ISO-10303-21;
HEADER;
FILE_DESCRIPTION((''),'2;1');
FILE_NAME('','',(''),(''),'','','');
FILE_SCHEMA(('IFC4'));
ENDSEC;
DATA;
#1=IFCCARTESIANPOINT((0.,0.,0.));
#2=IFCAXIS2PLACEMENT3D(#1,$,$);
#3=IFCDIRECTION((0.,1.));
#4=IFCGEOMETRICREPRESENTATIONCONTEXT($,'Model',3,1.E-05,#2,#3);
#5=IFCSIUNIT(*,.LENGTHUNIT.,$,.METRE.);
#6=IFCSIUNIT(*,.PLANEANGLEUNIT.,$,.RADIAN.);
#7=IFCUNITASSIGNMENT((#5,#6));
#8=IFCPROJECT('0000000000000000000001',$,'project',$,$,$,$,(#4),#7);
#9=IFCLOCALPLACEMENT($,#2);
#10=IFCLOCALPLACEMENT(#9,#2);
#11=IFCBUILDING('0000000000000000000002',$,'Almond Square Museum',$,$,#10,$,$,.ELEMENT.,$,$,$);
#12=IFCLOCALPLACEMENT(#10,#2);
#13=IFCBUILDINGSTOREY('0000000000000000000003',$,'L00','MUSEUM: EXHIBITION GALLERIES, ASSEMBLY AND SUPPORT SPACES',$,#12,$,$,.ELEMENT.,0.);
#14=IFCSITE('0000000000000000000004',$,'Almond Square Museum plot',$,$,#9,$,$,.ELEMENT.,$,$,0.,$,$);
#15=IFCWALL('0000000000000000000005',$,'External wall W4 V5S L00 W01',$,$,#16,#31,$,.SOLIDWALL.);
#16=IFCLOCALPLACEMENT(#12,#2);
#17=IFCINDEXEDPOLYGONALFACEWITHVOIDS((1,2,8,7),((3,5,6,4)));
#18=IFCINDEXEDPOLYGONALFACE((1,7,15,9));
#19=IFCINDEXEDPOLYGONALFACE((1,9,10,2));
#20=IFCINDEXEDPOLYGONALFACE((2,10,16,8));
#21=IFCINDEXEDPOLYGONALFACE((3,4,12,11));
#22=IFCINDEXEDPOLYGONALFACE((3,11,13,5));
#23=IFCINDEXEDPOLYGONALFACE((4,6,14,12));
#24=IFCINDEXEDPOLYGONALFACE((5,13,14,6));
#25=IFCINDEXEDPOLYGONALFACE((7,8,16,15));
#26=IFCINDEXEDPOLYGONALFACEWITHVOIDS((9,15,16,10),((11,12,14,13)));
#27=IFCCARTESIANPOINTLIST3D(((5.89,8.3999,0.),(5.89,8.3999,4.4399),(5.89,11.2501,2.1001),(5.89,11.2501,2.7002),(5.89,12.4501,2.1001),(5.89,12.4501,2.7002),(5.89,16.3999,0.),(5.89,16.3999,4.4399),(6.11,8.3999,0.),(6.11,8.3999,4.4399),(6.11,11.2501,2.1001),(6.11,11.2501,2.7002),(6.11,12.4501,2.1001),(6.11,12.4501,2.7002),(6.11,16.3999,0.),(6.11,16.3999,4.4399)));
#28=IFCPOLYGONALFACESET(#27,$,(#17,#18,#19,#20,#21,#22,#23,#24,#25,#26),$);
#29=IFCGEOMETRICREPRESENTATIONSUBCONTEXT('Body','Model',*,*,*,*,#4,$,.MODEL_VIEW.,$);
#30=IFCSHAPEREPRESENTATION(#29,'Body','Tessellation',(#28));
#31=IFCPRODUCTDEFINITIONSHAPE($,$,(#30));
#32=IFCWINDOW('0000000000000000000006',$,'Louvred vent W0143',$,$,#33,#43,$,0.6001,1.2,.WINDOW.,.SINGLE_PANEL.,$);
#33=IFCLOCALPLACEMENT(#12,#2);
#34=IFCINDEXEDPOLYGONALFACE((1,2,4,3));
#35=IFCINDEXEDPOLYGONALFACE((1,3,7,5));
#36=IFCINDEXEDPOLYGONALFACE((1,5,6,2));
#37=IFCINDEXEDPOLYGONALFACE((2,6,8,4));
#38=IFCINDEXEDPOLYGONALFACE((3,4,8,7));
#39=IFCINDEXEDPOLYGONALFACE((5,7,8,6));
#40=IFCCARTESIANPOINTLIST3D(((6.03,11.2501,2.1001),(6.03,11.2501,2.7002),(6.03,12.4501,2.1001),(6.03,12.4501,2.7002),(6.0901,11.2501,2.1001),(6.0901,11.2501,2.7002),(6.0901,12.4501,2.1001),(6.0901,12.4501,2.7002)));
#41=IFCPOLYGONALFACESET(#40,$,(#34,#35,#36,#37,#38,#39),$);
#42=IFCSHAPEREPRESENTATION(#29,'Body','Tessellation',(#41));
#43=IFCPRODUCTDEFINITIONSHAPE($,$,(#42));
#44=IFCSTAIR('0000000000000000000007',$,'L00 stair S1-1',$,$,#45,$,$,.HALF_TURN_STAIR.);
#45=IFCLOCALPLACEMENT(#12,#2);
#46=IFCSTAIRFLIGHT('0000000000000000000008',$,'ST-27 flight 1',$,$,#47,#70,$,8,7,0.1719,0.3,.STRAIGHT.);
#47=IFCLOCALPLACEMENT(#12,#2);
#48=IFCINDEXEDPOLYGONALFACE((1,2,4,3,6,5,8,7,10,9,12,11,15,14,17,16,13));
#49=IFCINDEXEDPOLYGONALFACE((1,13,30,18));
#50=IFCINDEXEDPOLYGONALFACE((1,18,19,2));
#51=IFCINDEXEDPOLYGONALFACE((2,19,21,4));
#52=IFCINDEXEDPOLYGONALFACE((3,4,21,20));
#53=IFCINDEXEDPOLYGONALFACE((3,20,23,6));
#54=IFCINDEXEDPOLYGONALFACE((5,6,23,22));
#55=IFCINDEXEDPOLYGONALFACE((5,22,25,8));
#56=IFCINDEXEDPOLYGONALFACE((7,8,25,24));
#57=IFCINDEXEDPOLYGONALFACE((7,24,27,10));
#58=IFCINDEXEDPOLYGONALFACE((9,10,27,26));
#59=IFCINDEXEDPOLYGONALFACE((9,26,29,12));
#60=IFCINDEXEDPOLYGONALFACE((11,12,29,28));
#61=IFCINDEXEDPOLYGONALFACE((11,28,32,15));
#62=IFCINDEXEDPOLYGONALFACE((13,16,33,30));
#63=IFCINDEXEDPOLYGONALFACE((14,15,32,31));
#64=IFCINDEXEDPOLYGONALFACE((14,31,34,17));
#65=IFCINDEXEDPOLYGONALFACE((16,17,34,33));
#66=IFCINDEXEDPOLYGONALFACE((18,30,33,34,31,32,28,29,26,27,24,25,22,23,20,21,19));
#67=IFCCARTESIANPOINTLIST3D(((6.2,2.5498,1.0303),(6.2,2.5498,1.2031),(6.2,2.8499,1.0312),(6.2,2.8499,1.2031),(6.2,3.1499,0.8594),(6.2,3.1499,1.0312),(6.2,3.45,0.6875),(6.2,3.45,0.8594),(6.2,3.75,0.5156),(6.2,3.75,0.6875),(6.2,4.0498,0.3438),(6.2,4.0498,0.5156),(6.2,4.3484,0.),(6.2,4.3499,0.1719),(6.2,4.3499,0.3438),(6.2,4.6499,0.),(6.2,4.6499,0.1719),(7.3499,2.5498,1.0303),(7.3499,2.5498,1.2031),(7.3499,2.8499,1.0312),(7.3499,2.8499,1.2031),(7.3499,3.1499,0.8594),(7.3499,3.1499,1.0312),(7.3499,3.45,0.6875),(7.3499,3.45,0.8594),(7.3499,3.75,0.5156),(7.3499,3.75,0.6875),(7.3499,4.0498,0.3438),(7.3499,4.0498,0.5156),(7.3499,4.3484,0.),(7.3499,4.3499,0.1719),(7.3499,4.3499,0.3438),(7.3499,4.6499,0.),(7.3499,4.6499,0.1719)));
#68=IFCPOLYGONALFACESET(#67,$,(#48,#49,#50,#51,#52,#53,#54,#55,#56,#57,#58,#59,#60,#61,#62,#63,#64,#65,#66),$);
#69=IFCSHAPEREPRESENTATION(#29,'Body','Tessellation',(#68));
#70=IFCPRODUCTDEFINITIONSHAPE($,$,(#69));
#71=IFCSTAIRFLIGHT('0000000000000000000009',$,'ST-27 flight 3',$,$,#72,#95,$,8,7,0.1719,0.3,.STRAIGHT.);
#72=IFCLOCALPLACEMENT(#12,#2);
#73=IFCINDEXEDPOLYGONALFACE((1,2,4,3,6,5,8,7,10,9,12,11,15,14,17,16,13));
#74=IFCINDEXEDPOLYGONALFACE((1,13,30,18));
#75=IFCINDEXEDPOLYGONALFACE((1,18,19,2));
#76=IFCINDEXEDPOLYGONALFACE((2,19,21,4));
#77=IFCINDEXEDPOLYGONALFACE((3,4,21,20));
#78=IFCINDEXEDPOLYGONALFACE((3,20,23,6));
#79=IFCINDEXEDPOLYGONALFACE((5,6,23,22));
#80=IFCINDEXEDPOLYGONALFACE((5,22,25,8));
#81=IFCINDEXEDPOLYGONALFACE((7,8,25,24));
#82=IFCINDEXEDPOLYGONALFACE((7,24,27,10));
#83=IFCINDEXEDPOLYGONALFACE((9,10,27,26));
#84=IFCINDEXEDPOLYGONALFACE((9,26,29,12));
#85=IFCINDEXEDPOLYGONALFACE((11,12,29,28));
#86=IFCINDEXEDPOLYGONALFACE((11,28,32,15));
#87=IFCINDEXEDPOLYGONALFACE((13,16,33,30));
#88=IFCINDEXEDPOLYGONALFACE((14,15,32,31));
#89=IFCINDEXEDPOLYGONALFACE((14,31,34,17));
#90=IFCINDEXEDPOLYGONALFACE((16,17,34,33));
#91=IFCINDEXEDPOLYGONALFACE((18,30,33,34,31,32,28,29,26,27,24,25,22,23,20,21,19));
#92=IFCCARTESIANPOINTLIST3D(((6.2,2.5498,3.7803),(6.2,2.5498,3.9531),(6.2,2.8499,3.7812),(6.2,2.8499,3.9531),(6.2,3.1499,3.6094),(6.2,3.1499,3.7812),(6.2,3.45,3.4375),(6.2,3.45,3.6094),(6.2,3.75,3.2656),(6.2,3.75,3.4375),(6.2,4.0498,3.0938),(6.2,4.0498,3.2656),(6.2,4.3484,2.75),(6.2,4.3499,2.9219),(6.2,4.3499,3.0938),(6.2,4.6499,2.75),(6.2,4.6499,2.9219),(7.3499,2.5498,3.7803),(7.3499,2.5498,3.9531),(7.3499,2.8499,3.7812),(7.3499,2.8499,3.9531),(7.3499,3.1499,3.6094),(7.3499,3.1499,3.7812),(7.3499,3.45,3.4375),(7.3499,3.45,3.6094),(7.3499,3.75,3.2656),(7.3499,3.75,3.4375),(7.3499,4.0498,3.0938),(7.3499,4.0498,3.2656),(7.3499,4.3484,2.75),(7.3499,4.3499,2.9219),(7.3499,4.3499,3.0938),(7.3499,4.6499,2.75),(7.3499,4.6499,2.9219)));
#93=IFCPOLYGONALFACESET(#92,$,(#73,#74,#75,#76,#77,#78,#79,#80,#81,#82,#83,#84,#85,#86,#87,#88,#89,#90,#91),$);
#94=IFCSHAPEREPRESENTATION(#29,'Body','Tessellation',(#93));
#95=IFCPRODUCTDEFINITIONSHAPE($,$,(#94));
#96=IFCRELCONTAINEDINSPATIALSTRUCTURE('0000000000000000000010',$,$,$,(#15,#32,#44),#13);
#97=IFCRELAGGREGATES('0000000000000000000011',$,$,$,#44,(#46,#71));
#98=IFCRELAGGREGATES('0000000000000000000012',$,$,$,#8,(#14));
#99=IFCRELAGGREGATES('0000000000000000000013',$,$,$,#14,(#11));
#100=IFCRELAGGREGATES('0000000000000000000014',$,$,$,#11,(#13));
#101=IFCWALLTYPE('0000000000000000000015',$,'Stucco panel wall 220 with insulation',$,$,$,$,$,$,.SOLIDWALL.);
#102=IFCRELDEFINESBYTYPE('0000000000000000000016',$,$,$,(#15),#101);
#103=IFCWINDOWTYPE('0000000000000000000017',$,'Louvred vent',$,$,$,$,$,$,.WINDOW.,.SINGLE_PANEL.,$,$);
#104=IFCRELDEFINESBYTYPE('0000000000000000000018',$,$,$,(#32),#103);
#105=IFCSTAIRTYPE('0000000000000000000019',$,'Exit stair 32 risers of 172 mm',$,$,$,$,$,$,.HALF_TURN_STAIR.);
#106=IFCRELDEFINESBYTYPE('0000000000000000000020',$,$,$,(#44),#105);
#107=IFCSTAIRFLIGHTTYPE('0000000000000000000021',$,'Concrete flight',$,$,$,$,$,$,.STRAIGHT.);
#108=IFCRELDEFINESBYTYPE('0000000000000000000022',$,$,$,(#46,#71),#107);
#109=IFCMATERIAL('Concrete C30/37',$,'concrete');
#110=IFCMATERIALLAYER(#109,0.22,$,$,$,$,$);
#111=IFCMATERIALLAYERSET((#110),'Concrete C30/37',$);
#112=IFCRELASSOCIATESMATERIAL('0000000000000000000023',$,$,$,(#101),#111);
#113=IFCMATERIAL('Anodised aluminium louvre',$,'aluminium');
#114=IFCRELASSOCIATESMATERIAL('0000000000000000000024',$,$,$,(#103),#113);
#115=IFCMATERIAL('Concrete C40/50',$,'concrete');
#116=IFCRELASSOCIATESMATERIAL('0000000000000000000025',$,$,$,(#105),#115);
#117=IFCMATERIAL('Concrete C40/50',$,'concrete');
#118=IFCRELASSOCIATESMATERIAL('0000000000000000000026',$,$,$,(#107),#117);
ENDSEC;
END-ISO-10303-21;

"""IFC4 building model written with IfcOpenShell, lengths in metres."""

from ifc_helpers import new_model, si_unit, direction, frame, frame_2d, origin, place, context, subcontext, project, spatial, polyline, rectangle, outline, extrude, material, layer, layer_set, type_object, element, fill, aggregate, save


model = new_model("IFC4")

# Units and contexts
model_context = context("Model", 3, precision=1e-05, world=origin(), true_north=direction((0.0, 1.0)))
body_context = subcontext(model_context, "Body", "Model", "MODEL_VIEW")
ifc_project = project(units=[si_unit("LENGTHUNIT", "METRE"), si_unit("PLANEANGLEUNIT", "RADIAN")], contexts=[model_context])

# Site, building, storey
site_placement = place(None, origin())
site = spatial("IfcSite", under=ifc_project, at=site_placement, Name="Almond Square Museum plot", CompositionType="ELEMENT", RefElevation=0.0)
building_placement = place(site_placement, origin())
building = spatial("IfcBuilding", under=site, at=building_placement, Name="Almond Square Museum", CompositionType="ELEMENT")
storey_placement = place(building_placement, origin())
storey = spatial("IfcBuildingStorey", under=building, at=storey_placement, Name="L00", Description="MUSEUM: EXHIBITION GALLERIES, ASSEMBLY AND SUPPORT SPACES", CompositionType="ELEMENT", Elevation=0.0)

# Wall, opening, window
ifc_material_1 = material(Name="Concrete C30/37", Category="concrete")
ifc_layer_1 = layer(ifc_material_1, 0.22)
ifc_layer_set_1 = layer_set([ifc_layer_1], Name="Concrete C30/37")
wall_type_1 = type_object("IfcWallType", Name="Stucco panel wall 220 with insulation", PredefinedType="SOLIDWALL", material=ifc_layer_set_1)
wall_1_placement = place(storey_placement, frame((6.0, 8.3999, 0.0), z_axis=(0.0, 0.0, 1.0), x_axis=(0.0, 1.0, 0.0)))
wall_1 = element("IfcWall", 1, at=wall_1_placement, inside=storey, type_object=wall_type_1, Name="External wall W4 V5S L00 W01", PredefinedType="SOLIDWALL", context=body_context, shape_type="SweptSolid", body=[
    extrude(rectangle(XDim=8.0, YDim=0.22, at=frame_2d((4.0, 0.0))), origin(), (0.0, 0.0, 1.0), 4.4399),
])
opening_1_placement = place(wall_1_placement, frame((2.8501, 0.0, 2.1001)))
opening_1 = element("IfcOpeningElement", 2, at=opening_1_placement, cuts=wall_1, PredefinedType="OPENING", context=body_context, shape_type="SweptSolid", body=[
    extrude(rectangle(XDim=1.2, YDim=0.6001, at=frame_2d((0.6001, 0.3))), frame((0.0, 0.1199, 0.0), z_axis=(0.0, -1.0, 0.0), x_axis=(1.0, 0.0, 0.0)), (0.0, 0.0, 1.0), 0.24),
])
ifc_material_2 = material(Name="Anodised aluminium louvre", Category="aluminium")
window_type = type_object("IfcWindowType", Name="Louvred vent", PartitioningType="SINGLE_PANEL", PredefinedType="WINDOW", material=ifc_material_2)
window_placement = place(opening_1_placement, origin())
window = element("IfcWindow", 3, at=window_placement, inside=storey, type_object=window_type, Name="Louvred vent W0143", OverallHeight=0.6001, OverallWidth=1.2, PartitioningType="SINGLE_PANEL", PredefinedType="WINDOW", context=body_context, shape_type="SweptSolid", body=[
    extrude(rectangle(XDim=1.2, YDim=0.6001, at=frame_2d((0.6001, 0.3))), frame((0.0, -0.03, 0.0), z_axis=(0.0, -1.0, 0.0), x_axis=(1.0, 0.0, 0.0)), (0.0, 0.0, 1.0), 0.0601),
])
fill(opening_1, window)

# Stair, stair flights
ifc_material_3 = material(Name="Concrete C40/50", Category="concrete")
stair_type = type_object("IfcStairType", Name="Exit stair 32 risers of 172 mm", PredefinedType="HALF_TURN_STAIR", material=ifc_material_3)
stair_placement = place(storey_placement, origin())
stair = element("IfcStair", 4, at=stair_placement, inside=storey, type_object=stair_type, Name="L00 stair S1-1", PredefinedType="HALF_TURN_STAIR")
ifc_material_4 = material(Name="Concrete C40/50", Category="concrete")
stair_flight_type = type_object("IfcStairFlightType", Name="Concrete flight", PredefinedType="STRAIGHT", material=ifc_material_4)
stair_flight_1_placement = place(storey_placement, frame((6.7749, 4.6499, 0.0), z_axis=(0.0, 0.0, 1.0), x_axis=(0.0, -1.0, 0.0)))
stair_flight_1 = element("IfcStairFlight", 5, at=stair_flight_1_placement, type_object=stair_flight_type, Name="ST-27 flight 1", NumberOfRisers=8, NumberOfTreads=7, PredefinedType="STRAIGHT", RiserHeight=0.1719, TreadLength=0.3, context=body_context, shape_type="SweptSolid", body=[
    extrude(outline(polyline([(0.0, 0.0), (0.0, 0.1719), (0.3, 0.1719), (0.3, 0.3438), (0.6001, 0.3438), (0.6001, 0.5156), (0.8999, 0.5156), (0.8999, 0.6875), (1.2, 0.6875), (1.2, 0.8594), (1.5, 0.8594), (1.5, 1.0312), (1.8, 1.0312), (1.8, 1.2031), (2.1001, 1.2031), (2.1001, 1.375), (2.1001, 1.0303), (0.3015, 0.0), (0.0, 0.0)])), frame((0.0, 0.575, 0.0), z_axis=(0.0, -1.0, 0.0), x_axis=(1.0, 0.0, 0.0)), (0.0, 0.0, 1.0), 1.1499),
])
stair_flight_2_placement = place(storey_placement, frame((6.7749, 4.6499, 2.75), z_axis=(0.0, 0.0, 1.0), x_axis=(0.0, -1.0, 0.0)))
stair_flight_2 = element("IfcStairFlight", 6, at=stair_flight_2_placement, type_object=stair_flight_type, Name="ST-27 flight 3", NumberOfRisers=8, NumberOfTreads=7, PredefinedType="STRAIGHT", RiserHeight=0.1719, TreadLength=0.3, context=body_context, shape_type="SweptSolid", body=[
    extrude(outline(polyline([(0.0, 0.0), (0.0, 0.1719), (0.3, 0.1719), (0.3, 0.3438), (0.6001, 0.3438), (0.6001, 0.5156), (0.8999, 0.5156), (0.8999, 0.6875), (1.2, 0.6875), (1.2, 0.8594), (1.5, 0.8594), (1.5, 1.0312), (1.8, 1.0312), (1.8, 1.2031), (2.1001, 1.2031), (2.1001, 1.375), (2.1001, 1.0303), (0.3015, 0.0), (0.0, 0.0)])), frame((0.0, 0.575, 0.0), z_axis=(0.0, -1.0, 0.0), x_axis=(1.0, 0.0, 0.0)), (0.0, 0.0, 1.0), 1.1499),
])
aggregate(stair, [stair_flight_1, stair_flight_2])

save(model, "model.ifc")
